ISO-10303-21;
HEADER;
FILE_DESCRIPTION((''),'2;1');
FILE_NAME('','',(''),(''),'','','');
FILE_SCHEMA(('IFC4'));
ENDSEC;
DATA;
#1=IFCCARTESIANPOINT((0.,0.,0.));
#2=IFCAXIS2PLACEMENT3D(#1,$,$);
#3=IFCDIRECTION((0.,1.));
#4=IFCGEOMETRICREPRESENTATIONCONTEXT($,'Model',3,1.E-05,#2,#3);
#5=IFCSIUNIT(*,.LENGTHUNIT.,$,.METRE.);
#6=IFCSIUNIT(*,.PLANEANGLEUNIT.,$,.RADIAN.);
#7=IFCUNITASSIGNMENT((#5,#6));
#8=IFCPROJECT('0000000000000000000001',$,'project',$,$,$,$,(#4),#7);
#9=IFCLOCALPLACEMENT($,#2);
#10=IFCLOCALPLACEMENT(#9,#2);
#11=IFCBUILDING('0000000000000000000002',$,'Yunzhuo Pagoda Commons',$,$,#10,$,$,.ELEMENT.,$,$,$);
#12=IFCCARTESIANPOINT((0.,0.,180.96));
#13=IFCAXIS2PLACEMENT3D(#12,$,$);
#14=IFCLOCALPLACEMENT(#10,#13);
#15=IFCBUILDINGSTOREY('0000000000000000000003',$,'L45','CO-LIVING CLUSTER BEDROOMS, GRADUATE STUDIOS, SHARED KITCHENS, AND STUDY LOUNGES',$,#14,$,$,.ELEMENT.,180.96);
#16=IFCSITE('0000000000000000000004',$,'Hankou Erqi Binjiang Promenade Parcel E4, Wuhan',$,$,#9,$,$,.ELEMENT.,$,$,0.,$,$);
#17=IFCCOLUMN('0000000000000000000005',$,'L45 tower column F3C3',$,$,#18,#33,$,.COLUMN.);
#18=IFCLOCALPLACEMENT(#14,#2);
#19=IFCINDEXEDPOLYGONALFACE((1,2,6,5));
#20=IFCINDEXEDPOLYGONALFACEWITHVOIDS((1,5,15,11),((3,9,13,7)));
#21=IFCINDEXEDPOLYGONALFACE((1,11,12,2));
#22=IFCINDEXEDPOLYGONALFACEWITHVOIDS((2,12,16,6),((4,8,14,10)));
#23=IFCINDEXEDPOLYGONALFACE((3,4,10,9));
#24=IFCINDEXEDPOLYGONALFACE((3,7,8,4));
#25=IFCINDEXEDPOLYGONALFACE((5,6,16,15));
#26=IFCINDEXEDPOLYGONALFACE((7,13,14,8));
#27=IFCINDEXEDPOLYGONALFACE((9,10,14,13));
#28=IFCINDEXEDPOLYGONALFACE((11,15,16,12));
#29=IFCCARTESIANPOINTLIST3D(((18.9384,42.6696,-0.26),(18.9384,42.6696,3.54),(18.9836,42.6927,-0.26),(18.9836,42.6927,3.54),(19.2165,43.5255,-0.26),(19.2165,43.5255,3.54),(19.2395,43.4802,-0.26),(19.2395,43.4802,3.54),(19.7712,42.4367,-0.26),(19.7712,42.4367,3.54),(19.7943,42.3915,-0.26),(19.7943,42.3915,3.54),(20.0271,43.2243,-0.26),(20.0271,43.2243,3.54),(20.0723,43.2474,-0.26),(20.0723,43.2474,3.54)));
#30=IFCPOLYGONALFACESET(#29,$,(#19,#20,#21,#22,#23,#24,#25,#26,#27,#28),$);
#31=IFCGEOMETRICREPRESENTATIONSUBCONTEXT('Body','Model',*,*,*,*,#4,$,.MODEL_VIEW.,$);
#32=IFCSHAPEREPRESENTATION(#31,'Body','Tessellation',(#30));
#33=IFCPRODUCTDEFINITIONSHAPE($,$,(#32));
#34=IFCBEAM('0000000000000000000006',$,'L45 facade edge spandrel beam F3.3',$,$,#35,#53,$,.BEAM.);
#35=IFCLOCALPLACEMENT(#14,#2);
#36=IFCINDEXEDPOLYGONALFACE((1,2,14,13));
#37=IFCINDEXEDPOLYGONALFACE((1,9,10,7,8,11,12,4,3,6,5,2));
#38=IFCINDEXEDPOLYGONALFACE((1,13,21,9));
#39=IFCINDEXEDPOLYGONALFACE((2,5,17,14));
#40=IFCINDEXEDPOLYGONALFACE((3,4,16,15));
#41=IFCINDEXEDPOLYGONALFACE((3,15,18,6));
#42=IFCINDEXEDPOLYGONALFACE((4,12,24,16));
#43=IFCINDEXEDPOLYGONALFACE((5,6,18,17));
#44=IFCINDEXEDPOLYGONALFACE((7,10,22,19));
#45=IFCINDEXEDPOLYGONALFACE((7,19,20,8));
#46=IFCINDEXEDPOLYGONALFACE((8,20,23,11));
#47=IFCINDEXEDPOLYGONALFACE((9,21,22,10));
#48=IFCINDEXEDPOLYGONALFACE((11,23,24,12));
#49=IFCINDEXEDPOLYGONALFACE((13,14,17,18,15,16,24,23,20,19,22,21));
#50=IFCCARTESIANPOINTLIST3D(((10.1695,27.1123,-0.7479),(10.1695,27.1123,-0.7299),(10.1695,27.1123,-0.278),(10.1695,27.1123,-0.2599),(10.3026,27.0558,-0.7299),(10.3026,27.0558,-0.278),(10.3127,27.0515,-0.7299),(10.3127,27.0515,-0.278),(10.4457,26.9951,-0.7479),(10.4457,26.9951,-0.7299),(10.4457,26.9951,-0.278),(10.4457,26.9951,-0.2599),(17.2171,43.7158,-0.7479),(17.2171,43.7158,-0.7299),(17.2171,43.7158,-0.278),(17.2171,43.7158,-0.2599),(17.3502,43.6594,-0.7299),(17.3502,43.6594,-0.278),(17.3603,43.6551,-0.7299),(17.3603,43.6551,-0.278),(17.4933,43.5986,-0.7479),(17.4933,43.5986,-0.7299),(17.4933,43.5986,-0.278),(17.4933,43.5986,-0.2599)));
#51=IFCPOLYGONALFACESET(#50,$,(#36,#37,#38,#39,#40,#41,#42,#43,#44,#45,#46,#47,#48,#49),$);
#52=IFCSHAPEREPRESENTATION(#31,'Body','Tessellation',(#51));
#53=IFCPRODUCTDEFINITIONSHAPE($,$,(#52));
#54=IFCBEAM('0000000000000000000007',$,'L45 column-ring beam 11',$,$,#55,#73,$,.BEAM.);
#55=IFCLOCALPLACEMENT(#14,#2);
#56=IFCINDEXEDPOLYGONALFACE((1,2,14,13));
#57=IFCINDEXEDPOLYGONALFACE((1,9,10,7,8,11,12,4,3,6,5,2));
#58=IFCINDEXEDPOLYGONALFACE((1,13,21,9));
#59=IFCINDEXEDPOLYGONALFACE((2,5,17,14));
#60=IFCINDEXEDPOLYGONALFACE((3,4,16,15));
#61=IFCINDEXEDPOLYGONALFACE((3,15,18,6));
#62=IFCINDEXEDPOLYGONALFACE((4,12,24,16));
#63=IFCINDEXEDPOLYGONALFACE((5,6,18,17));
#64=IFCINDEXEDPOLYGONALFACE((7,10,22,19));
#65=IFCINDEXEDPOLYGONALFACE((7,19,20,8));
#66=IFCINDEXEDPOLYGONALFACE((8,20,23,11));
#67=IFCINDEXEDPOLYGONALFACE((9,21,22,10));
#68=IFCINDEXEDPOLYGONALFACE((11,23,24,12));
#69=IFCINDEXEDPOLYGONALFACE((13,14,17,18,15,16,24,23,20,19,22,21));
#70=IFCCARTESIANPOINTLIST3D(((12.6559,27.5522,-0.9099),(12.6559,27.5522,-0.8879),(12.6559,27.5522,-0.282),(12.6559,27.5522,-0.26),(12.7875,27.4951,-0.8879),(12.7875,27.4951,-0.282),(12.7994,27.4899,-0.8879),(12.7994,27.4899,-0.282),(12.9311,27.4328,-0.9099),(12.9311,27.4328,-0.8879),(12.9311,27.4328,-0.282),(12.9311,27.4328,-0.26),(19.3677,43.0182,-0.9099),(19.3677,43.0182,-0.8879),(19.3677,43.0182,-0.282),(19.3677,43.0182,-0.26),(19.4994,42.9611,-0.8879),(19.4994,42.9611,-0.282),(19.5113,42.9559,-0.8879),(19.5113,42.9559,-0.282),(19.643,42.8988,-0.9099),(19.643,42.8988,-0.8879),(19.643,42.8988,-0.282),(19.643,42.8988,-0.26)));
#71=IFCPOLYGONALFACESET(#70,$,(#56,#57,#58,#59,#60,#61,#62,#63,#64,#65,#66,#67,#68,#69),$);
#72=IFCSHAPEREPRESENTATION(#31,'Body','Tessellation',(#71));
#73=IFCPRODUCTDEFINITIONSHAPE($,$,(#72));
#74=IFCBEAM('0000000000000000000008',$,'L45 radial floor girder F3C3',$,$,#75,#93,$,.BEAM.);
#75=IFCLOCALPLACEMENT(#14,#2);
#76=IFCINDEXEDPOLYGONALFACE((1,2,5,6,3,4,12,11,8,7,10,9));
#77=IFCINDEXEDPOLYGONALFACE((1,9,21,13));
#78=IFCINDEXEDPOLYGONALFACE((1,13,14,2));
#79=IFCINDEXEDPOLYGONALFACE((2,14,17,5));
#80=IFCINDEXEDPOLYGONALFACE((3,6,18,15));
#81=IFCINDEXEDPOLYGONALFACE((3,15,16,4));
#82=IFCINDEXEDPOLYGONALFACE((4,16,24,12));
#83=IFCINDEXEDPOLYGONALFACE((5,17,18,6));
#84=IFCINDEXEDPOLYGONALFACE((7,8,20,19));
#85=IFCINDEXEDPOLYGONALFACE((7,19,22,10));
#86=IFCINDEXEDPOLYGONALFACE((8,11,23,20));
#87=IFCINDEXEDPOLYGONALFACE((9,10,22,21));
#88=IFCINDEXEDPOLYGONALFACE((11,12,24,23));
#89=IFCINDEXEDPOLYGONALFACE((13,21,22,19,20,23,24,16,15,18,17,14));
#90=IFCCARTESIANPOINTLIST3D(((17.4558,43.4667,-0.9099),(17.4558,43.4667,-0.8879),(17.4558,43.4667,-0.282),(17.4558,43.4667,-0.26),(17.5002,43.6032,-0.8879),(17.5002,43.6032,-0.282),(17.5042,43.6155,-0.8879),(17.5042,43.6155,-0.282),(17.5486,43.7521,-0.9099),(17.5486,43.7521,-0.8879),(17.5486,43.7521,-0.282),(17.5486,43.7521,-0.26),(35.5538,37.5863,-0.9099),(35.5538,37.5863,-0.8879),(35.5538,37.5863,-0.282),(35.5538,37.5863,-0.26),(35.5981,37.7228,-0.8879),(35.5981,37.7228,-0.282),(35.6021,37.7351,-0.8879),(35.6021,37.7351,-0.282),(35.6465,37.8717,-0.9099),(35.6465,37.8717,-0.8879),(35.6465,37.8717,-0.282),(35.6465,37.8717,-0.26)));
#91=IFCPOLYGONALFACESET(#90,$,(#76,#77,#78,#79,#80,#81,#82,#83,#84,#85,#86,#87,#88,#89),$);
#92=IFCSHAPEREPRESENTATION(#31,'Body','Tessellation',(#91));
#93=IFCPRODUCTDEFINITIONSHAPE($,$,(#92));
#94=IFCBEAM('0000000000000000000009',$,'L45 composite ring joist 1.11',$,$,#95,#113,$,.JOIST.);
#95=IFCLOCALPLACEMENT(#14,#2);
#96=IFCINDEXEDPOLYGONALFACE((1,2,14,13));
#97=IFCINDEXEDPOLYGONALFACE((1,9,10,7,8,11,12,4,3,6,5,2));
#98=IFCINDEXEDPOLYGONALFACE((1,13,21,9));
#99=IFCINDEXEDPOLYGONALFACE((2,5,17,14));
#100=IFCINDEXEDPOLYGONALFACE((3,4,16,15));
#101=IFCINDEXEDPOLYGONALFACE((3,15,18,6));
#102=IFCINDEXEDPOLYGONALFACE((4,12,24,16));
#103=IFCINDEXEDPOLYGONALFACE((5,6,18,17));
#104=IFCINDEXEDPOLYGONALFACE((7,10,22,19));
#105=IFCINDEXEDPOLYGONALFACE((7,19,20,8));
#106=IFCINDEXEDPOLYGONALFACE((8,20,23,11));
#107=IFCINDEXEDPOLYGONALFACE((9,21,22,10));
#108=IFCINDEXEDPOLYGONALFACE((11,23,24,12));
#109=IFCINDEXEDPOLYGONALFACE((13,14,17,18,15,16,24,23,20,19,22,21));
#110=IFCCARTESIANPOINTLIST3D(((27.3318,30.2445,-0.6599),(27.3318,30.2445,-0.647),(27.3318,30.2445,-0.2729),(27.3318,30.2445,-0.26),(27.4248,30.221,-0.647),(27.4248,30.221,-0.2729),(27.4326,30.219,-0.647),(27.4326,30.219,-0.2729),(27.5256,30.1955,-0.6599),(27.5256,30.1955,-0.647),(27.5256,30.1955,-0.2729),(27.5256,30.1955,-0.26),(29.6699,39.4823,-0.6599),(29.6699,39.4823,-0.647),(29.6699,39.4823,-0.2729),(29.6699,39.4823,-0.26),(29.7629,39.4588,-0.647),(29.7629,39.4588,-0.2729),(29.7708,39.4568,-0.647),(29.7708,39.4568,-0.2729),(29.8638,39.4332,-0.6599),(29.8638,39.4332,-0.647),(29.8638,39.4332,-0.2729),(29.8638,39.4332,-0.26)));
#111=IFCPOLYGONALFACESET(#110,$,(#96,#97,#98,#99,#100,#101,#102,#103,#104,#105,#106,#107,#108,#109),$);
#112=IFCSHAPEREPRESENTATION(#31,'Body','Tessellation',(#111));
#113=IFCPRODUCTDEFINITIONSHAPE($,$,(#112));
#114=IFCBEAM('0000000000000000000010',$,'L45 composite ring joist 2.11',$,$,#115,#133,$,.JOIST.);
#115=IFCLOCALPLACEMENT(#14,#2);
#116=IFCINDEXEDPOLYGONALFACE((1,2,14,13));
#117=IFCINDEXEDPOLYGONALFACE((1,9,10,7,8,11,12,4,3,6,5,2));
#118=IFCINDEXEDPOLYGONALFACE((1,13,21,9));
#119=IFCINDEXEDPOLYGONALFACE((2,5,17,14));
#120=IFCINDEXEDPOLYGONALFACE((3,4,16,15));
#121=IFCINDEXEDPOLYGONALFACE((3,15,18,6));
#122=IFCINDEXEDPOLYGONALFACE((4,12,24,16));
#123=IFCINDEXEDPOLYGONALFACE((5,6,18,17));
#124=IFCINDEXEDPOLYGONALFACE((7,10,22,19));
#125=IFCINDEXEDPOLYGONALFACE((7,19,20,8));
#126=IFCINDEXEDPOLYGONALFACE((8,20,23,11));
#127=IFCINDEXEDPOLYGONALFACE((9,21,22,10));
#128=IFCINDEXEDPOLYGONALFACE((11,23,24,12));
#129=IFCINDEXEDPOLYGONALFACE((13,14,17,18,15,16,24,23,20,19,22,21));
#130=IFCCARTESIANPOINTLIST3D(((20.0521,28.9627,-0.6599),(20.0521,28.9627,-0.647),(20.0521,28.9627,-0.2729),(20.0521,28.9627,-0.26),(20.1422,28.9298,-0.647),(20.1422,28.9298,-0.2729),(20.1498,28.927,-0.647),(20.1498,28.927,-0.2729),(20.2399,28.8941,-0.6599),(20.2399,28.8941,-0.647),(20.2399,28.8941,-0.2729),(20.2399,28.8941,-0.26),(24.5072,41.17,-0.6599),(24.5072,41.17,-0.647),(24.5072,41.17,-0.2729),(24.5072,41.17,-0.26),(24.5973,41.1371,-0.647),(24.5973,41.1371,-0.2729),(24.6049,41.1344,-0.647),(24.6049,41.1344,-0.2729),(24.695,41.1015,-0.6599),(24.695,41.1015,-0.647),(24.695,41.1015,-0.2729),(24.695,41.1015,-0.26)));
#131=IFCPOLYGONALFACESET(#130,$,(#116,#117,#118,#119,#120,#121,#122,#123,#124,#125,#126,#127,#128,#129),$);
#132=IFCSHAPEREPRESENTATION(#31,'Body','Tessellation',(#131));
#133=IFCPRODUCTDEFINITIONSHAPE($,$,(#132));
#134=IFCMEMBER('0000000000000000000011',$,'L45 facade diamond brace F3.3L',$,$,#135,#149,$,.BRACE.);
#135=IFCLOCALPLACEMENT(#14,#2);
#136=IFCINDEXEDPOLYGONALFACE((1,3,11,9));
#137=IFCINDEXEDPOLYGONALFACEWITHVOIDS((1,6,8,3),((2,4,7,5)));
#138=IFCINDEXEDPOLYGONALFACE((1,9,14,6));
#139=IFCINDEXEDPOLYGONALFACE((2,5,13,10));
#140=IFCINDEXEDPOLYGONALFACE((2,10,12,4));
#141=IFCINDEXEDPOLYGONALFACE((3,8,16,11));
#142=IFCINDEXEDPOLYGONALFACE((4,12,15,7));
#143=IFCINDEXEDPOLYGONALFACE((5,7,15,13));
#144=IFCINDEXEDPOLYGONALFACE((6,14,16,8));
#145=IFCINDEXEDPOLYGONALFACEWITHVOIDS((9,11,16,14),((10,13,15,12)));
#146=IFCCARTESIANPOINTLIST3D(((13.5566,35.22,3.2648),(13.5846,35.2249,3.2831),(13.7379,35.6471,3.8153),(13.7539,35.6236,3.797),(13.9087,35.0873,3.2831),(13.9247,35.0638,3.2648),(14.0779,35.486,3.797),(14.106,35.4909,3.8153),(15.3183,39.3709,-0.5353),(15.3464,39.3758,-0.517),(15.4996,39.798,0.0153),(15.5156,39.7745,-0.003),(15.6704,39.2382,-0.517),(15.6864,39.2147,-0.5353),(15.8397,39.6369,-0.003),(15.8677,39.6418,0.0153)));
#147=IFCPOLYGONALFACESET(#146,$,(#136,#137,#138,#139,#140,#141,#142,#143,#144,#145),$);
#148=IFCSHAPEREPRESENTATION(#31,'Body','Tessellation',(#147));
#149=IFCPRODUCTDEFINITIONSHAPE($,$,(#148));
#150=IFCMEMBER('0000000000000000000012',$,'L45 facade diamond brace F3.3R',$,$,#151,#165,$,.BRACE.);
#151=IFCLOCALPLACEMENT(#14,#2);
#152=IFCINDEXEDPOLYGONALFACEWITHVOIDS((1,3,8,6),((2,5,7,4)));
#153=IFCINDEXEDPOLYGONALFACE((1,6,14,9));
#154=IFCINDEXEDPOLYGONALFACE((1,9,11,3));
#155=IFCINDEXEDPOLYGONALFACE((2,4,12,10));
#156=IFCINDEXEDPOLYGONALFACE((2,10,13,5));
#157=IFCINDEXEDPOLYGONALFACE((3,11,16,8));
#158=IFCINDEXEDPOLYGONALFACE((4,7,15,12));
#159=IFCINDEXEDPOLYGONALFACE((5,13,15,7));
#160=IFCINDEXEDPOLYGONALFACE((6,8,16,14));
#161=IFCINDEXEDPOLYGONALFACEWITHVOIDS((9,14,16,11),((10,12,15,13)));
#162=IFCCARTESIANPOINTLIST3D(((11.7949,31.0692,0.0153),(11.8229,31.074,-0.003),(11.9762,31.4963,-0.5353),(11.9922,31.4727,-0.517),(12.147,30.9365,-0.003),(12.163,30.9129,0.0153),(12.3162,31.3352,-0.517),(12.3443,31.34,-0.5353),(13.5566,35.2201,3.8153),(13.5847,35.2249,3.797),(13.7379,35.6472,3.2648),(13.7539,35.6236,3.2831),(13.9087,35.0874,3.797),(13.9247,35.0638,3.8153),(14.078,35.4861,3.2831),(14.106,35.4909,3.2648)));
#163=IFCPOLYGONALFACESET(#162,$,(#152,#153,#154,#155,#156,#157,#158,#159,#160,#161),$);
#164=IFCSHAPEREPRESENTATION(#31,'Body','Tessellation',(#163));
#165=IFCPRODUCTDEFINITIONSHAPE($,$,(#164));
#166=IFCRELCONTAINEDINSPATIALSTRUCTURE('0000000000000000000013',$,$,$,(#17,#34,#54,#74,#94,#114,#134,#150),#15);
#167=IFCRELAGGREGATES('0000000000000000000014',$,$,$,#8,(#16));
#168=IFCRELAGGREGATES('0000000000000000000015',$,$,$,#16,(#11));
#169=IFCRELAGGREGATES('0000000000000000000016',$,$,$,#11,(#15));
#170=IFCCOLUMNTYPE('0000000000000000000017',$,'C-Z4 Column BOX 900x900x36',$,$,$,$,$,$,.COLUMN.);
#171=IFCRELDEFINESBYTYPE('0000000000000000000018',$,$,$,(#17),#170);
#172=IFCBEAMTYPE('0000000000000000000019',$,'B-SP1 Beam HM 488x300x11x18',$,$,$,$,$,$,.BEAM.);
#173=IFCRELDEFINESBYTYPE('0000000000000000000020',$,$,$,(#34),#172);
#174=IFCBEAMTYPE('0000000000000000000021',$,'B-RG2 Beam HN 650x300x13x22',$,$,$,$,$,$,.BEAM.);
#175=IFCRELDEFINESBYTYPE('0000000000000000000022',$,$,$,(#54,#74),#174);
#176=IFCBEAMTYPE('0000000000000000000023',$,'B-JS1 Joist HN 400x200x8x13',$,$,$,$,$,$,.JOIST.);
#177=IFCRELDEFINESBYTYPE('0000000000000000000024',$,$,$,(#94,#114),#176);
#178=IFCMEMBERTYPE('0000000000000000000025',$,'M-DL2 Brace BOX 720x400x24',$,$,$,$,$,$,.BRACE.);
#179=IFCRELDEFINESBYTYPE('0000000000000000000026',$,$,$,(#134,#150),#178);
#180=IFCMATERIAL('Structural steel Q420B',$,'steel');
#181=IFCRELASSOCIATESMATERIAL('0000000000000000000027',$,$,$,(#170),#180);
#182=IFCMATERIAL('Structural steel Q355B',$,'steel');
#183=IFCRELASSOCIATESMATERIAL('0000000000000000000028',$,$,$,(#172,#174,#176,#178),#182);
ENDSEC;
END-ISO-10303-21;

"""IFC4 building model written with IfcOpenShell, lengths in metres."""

from ifc_helpers import new_model, si_unit, direction, frame, origin, origin_2d, place, context, subcontext, project, spatial, hollow_rectangle, i_section, extrude, source, transform, mapped, material, material_profile, profile_set, type_object, element, save


model = new_model("IFC4")

# Units and contexts
model_context = context("Model", 3, precision=1e-05, world=origin(), true_north=direction((0.0, 1.0)))
body_context = subcontext(model_context, "Body", "Model", "MODEL_VIEW")
ifc_project = project(units=[si_unit("LENGTHUNIT", "METRE"), si_unit("PLANEANGLEUNIT", "RADIAN")], contexts=[model_context])

# Site, building, storey
site_placement = place(None, origin())
site = spatial("IfcSite", under=ifc_project, at=site_placement, Name="Hankou Erqi Binjiang Promenade Parcel E4, Wuhan", CompositionType="ELEMENT", RefElevation=0.0)
building_placement = place(site_placement, origin())
building = spatial("IfcBuilding", under=site, at=building_placement, Name="Yunzhuo Pagoda Commons", CompositionType="ELEMENT")
storey_placement = place(building_placement, frame((0.0, 0.0, 180.96)))
storey = spatial("IfcBuildingStorey", under=building, at=storey_placement, Name="L45", Description="CO-LIVING CLUSTER BEDROOMS, GRADUATE STUDIOS, SHARED KITCHENS, AND STUDY LOUNGES", CompositionType="ELEMENT", Elevation=180.96)

# Column
ifc_material_1 = material(Name="Structural steel Q420B", Category="steel")
ifc_material_profile_1 = material_profile(ifc_material_1, hollow_rectangle(XDim=0.8999, YDim=0.8999, WallThickness=0.0359, at=origin_2d()), Name="Structural steel Q420B")
ifc_profile_set_1 = profile_set([ifc_material_profile_1], Name="Structural steel Q420B")
column_type = type_object("IfcColumnType", Name="C-Z4 Column BOX 900x900x36", PredefinedType="COLUMN", material=ifc_profile_set_1)
shared_shape_1 = source(origin(), body_context, "Body", "SweptSolid", [
    extrude(hollow_rectangle(XDim=0.8999, YDim=0.8999, WallThickness=0.0359, at=origin_2d()), origin(), (0.0, 0.0, 1.0), 3.8),
])
column_placement = place(storey_placement, frame((19.5054, 42.9585, -0.26), z_axis=(0.0, 0.0, 1.0), x_axis=(-0.309017, -0.951057, 0.0)))
element("IfcColumn", 1, at=column_placement, inside=storey, type_object=column_type, Name="L45 tower column F3C3", PredefinedType="COLUMN", context=body_context, shape_type="MappedRepresentation", body=[
    mapped(shared_shape_1, transform((0.0, 0.0, 0.0), scale=1.0)),
])

# Beams
ifc_material_2 = material(Name="Structural steel Q355B", Category="steel")
ifc_material_profile_2 = material_profile(ifc_material_2, i_section(OverallWidth=0.3, OverallDepth=0.488, WebThickness=0.011, FlangeThickness=0.0181, at=origin_2d()), Name="Structural steel Q355B")
ifc_profile_set_2 = profile_set([ifc_material_profile_2], Name="Structural steel Q355B")
beam_type_1 = type_object("IfcBeamType", Name="B-SP1 Beam HM 488x300x11x18", PredefinedType="BEAM", material=ifc_profile_set_2)
shared_shape_2 = source(origin(), body_context, "Body", "SweptSolid", [
    extrude(i_section(OverallWidth=0.3, OverallDepth=0.488, WebThickness=0.011, FlangeThickness=0.0181, at=origin_2d()), origin(), (0.0, 0.0, 1.0), 18.0374),
])
beam_1_placement = place(storey_placement, frame((17.3552, 43.6572, -0.5039), z_axis=(-0.390723, -0.920508, 0.0), x_axis=(0.920508, -0.390723, 0.0)))
element("IfcBeam", 2, at=beam_1_placement, inside=storey, type_object=beam_type_1, Name="L45 facade edge spandrel beam F3.3", PredefinedType="BEAM", context=body_context, shape_type="MappedRepresentation", body=[
    mapped(shared_shape_2, transform((0.0, 0.0, 0.0), scale=1.0)),
])
ifc_material_profile_3 = material_profile(ifc_material_2, i_section(OverallWidth=0.3, OverallDepth=0.6499, WebThickness=0.0129, FlangeThickness=0.022, at=origin_2d()), Name="Structural steel Q355B")
ifc_profile_set_3 = profile_set([ifc_material_profile_3], Name="Structural steel Q355B")
beam_type_2 = type_object("IfcBeamType", Name="B-RG2 Beam HN 650x300x13x22", PredefinedType="BEAM", material=ifc_profile_set_3)
shared_shape_3 = source(origin(), body_context, "Body", "SweptSolid", [
    extrude(i_section(OverallWidth=0.3, OverallDepth=0.6499, WebThickness=0.0129, FlangeThickness=0.022, at=origin_2d()), origin(), (0.0, 0.0, 1.0), 16.8596),
])
beam_2_placement = place(storey_placement, frame((19.5054, 42.9585, -0.585), z_axis=(-0.398104, -0.91734, 0.0), x_axis=(0.91734, -0.398104, 0.0)))
element("IfcBeam", 3, at=beam_2_placement, inside=storey, type_object=beam_type_2, Name="L45 column-ring beam 11", PredefinedType="BEAM", context=body_context, shape_type="MappedRepresentation", body=[
    mapped(shared_shape_3, transform((0.0, 0.0, 0.0), scale=1.0)),
])
shared_shape_4 = source(origin(), body_context, "Body", "SweptSolid", [
    extrude(i_section(OverallWidth=0.3, OverallDepth=0.6499, WebThickness=0.0129, FlangeThickness=0.022, at=origin_2d()), origin(), (0.0, 0.0, 1.0), 19.0293),
])
beam_3_placement = place(storey_placement, frame((17.5022, 43.6094, -0.585), z_axis=(0.951056, -0.309017, 0.0), x_axis=(0.309017, 0.951056, 0.0)))
element("IfcBeam", 4, at=beam_3_placement, inside=storey, type_object=beam_type_2, Name="L45 radial floor girder F3C3", PredefinedType="BEAM", context=body_context, shape_type="MappedRepresentation", body=[
    mapped(shared_shape_4, transform((0.0, 0.0, 0.0), scale=1.0)),
])
ifc_material_profile_4 = material_profile(ifc_material_2, i_section(OverallWidth=0.2, OverallDepth=0.3999, WebThickness=0.0081, FlangeThickness=0.0129, at=origin_2d()), Name="Structural steel Q355B")
ifc_profile_set_4 = profile_set([ifc_material_profile_4], Name="Structural steel Q355B")
beam_type_3 = type_object("IfcBeamType", Name="B-JS1 Joist HN 400x200x8x13", PredefinedType="JOIST", material=ifc_profile_set_4)
shared_shape_5 = source(origin(), body_context, "Body", "SweptSolid", [
    extrude(i_section(OverallWidth=0.2, OverallDepth=0.3999, WebThickness=0.0081, FlangeThickness=0.0129, at=origin_2d()), origin(), (0.0, 0.0, 1.0), 9.5291),
])
beam_4_placement = place(storey_placement, frame((29.7668, 39.4578, -0.46), z_axis=(-0.245368, -0.96943, 0.0), x_axis=(0.96943, -0.245368, 0.0)))
element("IfcBeam", 5, at=beam_4_placement, inside=storey, type_object=beam_type_3, Name="L45 composite ring joist 1.11", PredefinedType="JOIST", context=body_context, shape_type="MappedRepresentation", body=[
    mapped(shared_shape_5, transform((0.0, 0.0, 0.0), scale=1.0)),
])
shared_shape_6 = source(origin(), body_context, "Body", "SweptSolid", [
    extrude(i_section(OverallWidth=0.2, OverallDepth=0.3999, WebThickness=0.0081, FlangeThickness=0.0129, at=origin_2d()), origin(), (0.0, 0.0, 1.0), 12.9949),
])
beam_5_placement = place(storey_placement, frame((24.6011, 41.1357, -0.46), z_axis=(-0.342835, -0.939396, 0.0), x_axis=(0.939396, -0.342835, 0.0)))
element("IfcBeam", 6, at=beam_5_placement, inside=storey, type_object=beam_type_3, Name="L45 composite ring joist 2.11", PredefinedType="JOIST", context=body_context, shape_type="MappedRepresentation", body=[
    mapped(shared_shape_6, transform((0.0, 0.0, 0.0), scale=1.0)),
])

# Members
ifc_material_profile_5 = material_profile(ifc_material_2, hollow_rectangle(XDim=0.3999, YDim=0.72, WallThickness=0.0239, at=origin_2d()), Name="Structural steel Q355B")
ifc_profile_set_5 = profile_set([ifc_material_profile_5], Name="Structural steel Q355B")
member_type_1 = type_object("IfcMemberType", Name="M-DL2 Brace BOX 720x400x24", PredefinedType="BRACE", material=ifc_profile_set_5)
shared_shape_7 = source(origin(), body_context, "Body", "SweptSolid", [
    extrude(hollow_rectangle(XDim=0.3999, YDim=0.72, WallThickness=0.0239, at=origin_2d()), origin(), (0.0, 0.0, 1.0), 5.897),
])
for number, where, z_axis, x_axis, name in (
    (7, (15.593, 39.5063, -0.26), (-0.298752, -0.703905, 0.644411), (0.920523, -0.390689, 0.0), "L45 facade diamond brace F3.3L"),
    (8, (12.0696, 31.2046, -0.26), (0.298752, 0.703905, 0.644411), (-0.920523, 0.390689, 0.0), "L45 facade diamond brace F3.3R"),
):
    element("IfcMember", number, at=place(storey_placement, frame(where, z_axis=z_axis, x_axis=x_axis)), inside=storey, type_object=member_type_1, Name=name, PredefinedType="BRACE", context=body_context, shape_type="MappedRepresentation", body=[
        mapped(shared_shape_7, transform((0.0, 0.0, 0.0), scale=1.0)),
    ])

save(model, "model.ifc")
